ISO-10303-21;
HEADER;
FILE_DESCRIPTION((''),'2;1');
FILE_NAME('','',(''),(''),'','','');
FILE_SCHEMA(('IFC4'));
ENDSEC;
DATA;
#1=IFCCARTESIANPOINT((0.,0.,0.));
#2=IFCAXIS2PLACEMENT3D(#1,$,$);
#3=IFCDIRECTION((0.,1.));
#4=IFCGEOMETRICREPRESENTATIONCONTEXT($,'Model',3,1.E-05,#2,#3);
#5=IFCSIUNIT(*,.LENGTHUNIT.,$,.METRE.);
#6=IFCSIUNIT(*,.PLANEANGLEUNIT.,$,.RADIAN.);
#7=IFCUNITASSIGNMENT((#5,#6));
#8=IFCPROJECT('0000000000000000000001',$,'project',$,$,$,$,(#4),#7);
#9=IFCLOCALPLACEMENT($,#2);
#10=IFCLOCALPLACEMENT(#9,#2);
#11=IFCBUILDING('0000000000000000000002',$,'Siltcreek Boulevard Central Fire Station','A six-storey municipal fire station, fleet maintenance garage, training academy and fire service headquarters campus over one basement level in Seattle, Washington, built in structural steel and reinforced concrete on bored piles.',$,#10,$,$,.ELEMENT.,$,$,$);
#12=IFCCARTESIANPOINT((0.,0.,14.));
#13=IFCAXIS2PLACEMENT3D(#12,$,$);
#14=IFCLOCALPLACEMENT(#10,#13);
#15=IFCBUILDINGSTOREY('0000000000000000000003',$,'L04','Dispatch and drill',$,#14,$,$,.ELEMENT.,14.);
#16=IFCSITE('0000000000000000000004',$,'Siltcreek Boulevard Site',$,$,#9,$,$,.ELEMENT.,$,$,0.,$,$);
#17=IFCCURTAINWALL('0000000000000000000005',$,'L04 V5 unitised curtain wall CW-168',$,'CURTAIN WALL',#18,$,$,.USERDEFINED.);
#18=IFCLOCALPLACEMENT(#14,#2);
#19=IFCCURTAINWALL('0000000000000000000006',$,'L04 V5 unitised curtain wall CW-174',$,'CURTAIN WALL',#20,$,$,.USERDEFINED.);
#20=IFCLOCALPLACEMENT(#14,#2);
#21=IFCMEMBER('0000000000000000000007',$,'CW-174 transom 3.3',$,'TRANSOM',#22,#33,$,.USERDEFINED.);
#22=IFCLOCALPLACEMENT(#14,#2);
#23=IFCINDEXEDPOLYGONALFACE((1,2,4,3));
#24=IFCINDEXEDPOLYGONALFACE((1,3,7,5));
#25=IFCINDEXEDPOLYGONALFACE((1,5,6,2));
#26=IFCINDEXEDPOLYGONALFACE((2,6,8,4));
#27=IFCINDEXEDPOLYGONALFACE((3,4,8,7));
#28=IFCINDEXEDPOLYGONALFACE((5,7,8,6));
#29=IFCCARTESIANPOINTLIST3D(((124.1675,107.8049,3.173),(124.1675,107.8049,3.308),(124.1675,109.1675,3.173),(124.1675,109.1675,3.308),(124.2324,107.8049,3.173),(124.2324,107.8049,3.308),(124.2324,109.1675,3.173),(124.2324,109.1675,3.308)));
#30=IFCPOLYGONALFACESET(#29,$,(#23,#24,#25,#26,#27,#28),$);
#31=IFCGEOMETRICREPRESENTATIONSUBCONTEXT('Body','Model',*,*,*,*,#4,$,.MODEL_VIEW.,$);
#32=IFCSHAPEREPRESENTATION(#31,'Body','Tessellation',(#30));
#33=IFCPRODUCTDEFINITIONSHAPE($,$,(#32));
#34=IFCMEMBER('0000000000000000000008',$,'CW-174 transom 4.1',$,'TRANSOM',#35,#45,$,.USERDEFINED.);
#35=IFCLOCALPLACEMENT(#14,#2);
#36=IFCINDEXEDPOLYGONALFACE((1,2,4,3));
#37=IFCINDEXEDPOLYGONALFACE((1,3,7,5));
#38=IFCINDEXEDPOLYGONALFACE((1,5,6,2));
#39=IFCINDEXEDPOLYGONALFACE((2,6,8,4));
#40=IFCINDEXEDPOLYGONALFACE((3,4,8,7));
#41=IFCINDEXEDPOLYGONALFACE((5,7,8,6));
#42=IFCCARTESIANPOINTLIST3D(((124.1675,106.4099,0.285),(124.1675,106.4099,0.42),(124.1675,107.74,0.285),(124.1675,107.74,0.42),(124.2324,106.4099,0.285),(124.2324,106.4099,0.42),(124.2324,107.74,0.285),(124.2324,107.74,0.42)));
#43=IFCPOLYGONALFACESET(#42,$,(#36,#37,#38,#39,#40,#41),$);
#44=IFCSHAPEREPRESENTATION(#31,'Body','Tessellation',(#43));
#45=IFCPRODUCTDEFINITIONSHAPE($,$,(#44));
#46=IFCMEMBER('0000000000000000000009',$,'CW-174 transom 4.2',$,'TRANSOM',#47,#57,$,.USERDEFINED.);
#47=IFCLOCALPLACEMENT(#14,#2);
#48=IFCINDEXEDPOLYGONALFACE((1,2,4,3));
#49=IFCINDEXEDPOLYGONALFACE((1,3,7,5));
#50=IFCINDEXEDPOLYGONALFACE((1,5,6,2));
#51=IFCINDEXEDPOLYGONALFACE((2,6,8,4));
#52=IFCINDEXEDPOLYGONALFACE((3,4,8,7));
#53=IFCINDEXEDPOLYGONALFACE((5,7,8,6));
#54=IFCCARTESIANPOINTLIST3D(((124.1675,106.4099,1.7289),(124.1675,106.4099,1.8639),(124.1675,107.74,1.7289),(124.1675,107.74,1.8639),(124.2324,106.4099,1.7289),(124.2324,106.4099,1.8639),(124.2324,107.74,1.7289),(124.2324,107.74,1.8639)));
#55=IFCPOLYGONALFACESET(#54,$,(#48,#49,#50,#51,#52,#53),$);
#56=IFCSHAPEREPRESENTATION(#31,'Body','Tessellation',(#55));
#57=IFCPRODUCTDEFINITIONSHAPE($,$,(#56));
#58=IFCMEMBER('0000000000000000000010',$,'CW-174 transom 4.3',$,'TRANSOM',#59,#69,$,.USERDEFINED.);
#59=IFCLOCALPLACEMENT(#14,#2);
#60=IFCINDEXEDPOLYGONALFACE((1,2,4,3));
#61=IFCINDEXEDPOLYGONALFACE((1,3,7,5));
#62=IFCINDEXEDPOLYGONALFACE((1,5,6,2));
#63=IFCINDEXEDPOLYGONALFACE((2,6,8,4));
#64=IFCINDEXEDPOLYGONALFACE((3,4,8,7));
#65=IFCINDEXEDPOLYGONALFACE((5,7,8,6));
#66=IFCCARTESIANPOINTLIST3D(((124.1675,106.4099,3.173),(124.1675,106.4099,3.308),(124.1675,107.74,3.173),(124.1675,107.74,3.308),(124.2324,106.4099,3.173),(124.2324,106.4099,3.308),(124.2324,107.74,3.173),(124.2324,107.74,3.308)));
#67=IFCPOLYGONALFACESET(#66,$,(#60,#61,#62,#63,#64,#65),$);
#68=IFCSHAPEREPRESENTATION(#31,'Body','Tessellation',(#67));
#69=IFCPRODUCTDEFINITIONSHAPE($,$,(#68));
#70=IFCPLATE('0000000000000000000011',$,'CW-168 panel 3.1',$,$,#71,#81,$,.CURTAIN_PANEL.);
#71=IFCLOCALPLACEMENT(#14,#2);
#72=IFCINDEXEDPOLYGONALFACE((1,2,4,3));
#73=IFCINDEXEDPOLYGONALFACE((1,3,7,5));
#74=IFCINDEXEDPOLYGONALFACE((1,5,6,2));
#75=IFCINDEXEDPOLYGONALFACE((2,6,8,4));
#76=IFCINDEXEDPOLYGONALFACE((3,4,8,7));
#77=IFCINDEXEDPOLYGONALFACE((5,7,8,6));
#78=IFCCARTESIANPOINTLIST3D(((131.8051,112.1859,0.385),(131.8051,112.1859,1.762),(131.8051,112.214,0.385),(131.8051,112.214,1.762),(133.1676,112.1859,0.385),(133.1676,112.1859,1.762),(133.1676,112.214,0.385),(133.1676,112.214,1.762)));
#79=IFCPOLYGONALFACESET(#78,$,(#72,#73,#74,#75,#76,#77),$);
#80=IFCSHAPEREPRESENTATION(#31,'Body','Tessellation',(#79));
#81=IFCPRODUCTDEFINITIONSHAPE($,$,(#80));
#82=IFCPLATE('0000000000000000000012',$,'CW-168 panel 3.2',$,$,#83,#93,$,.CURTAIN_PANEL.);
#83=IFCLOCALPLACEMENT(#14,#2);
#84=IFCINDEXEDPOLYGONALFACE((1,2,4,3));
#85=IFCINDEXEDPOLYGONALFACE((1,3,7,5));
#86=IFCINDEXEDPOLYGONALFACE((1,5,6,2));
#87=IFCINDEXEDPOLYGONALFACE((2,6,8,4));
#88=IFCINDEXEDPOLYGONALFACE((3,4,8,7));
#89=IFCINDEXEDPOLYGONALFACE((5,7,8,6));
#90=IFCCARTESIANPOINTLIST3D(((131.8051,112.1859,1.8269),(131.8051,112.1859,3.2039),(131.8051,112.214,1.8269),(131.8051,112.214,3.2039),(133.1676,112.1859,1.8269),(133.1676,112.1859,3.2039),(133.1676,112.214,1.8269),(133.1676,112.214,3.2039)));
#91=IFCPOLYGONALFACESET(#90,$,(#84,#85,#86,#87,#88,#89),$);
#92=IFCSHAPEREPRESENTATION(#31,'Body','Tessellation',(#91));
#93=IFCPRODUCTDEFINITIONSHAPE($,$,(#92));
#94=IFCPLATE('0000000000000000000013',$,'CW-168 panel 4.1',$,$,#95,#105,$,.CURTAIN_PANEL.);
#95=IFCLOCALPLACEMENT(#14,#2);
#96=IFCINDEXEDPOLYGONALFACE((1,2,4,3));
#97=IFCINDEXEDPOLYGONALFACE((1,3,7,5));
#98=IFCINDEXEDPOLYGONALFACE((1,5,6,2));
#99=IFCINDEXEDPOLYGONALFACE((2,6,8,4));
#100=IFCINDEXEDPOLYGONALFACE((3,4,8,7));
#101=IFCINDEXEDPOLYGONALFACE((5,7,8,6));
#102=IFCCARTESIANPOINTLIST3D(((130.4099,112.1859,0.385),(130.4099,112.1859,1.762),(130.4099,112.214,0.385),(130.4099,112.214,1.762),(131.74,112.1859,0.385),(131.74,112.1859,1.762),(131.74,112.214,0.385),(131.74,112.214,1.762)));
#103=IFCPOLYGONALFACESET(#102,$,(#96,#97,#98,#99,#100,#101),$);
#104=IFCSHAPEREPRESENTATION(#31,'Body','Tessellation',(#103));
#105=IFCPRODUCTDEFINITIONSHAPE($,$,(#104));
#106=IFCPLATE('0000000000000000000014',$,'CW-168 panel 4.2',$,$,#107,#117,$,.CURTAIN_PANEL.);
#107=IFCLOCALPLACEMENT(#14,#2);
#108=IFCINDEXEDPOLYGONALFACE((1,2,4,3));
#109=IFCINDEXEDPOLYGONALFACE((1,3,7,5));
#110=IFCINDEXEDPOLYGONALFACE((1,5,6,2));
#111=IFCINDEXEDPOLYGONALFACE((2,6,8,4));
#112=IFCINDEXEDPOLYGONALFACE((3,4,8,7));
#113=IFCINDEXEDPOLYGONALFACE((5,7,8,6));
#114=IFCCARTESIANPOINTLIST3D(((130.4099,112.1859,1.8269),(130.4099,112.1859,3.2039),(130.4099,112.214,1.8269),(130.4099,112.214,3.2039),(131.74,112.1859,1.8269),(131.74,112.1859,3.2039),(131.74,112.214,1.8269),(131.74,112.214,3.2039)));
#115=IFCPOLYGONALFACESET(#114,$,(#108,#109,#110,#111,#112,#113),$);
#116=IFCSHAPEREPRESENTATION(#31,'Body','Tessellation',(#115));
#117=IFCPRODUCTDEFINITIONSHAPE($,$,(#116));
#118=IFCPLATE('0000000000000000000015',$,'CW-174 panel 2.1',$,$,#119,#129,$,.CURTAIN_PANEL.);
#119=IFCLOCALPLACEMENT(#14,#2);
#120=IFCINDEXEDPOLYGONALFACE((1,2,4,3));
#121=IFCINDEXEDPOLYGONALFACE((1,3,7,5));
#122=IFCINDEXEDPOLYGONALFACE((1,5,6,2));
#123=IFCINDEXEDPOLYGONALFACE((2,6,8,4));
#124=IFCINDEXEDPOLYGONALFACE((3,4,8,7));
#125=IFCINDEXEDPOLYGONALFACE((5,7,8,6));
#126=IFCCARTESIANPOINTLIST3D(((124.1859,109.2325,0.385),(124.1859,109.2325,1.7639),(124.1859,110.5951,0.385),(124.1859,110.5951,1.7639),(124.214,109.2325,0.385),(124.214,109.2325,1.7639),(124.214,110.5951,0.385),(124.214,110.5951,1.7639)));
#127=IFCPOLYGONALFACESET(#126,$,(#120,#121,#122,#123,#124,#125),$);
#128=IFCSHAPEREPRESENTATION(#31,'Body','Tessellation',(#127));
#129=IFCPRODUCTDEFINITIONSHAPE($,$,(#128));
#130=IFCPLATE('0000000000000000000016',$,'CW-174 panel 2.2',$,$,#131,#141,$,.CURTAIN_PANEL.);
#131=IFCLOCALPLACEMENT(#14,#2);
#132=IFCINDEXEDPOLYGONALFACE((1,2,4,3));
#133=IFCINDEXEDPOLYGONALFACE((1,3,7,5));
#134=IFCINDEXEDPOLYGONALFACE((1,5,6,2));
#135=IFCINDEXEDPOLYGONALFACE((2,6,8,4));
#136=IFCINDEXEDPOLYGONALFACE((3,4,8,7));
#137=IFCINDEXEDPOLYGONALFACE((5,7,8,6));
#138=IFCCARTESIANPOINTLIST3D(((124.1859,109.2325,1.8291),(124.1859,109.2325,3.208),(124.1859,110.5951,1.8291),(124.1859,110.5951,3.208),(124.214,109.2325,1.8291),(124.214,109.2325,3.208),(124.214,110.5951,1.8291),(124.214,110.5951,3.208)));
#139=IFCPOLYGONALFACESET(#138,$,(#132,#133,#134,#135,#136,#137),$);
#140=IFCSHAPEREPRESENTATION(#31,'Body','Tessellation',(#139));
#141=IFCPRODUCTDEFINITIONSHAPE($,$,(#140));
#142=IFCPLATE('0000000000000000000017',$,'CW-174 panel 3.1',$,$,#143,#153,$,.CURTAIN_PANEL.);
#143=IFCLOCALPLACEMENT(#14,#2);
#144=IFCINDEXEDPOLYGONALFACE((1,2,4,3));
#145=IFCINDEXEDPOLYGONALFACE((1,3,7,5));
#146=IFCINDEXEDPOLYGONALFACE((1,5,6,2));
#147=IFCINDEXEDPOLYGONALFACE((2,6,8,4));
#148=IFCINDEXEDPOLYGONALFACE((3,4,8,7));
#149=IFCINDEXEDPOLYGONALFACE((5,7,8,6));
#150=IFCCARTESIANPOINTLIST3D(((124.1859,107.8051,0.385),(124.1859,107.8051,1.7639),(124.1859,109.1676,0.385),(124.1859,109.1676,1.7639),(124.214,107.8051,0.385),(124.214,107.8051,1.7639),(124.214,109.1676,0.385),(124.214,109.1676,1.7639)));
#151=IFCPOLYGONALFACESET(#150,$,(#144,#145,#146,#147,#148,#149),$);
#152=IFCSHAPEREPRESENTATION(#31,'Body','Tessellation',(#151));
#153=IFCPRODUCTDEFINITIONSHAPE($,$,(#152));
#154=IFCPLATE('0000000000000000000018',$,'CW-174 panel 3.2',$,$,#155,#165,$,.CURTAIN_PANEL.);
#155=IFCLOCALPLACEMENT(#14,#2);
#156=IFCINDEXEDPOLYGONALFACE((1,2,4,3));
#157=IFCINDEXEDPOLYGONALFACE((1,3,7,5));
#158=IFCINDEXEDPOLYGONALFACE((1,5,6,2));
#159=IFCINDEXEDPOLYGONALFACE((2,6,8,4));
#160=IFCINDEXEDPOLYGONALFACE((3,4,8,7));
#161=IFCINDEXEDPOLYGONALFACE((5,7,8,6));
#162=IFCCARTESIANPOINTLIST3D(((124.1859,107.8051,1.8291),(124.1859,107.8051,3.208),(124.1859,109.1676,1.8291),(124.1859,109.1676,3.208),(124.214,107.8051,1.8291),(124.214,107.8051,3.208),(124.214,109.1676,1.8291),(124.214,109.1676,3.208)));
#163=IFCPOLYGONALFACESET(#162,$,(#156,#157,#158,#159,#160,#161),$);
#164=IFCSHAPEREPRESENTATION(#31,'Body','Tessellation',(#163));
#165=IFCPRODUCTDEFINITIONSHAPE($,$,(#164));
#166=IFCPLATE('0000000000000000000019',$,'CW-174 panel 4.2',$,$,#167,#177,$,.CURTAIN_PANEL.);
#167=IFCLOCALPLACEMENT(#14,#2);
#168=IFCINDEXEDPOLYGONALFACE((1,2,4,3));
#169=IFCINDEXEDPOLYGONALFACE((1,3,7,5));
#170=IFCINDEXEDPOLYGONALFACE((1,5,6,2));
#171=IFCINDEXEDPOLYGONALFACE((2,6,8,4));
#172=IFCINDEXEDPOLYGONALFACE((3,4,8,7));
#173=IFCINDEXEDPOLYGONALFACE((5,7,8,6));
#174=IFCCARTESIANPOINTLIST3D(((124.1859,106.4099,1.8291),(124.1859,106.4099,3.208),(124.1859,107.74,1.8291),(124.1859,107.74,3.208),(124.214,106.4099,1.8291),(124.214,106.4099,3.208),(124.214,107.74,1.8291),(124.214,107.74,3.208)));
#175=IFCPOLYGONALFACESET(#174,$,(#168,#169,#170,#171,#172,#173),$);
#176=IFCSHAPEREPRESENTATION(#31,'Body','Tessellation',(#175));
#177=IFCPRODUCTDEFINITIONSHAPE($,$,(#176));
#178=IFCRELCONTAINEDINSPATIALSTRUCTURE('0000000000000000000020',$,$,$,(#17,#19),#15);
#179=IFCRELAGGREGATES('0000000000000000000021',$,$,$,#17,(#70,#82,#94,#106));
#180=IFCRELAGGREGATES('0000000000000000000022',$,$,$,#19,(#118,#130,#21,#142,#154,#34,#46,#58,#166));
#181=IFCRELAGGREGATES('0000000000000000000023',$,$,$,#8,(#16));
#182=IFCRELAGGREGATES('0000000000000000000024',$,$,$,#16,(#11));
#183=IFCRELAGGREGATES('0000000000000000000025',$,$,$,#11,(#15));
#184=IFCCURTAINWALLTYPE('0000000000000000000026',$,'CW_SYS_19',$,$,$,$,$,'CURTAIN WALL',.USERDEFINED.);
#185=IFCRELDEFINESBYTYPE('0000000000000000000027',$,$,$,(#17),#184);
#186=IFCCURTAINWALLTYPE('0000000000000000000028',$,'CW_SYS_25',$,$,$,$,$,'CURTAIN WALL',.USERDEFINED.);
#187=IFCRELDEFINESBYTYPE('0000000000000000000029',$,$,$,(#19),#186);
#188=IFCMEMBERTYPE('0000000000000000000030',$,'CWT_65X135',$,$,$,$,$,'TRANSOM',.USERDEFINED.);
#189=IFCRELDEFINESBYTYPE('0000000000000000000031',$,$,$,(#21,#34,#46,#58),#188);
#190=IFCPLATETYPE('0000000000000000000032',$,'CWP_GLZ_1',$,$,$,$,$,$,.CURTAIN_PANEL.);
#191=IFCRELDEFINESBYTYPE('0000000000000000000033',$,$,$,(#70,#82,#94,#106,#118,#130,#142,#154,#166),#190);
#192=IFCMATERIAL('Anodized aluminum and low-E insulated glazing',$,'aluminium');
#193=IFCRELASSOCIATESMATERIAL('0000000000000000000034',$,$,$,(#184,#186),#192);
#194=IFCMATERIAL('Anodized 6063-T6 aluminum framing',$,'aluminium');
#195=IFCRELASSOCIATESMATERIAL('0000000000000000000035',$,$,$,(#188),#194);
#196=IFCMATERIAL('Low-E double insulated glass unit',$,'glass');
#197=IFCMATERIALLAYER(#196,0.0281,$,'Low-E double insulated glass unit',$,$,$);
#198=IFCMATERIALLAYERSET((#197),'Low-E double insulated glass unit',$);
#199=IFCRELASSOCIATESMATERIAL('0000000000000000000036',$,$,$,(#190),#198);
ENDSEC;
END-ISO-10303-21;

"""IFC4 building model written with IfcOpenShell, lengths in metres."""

from ifc_helpers import new_model, si_unit, direction, frame, origin, origin_2d, place, context, subcontext, project, spatial, rectangle, extrude, material, layer, layer_set, material_profile, profile_set, type_object, element, aggregate, save


model = new_model("IFC4")

# Units and contexts
model_context = context("Model", 3, precision=1e-05, world=origin(), true_north=direction((0.0, 1.0)))
body_context = subcontext(model_context, "Body", "Model", "MODEL_VIEW")
ifc_project = project(units=[si_unit("LENGTHUNIT", "METRE"), si_unit("PLANEANGLEUNIT", "RADIAN")], contexts=[model_context])

# Site, building, storey
site_placement = place(None, origin())
site = spatial("IfcSite", under=ifc_project, at=site_placement, Name="Siltcreek Boulevard Site", CompositionType="ELEMENT", RefElevation=0.0)
building_placement = place(site_placement, origin())
building = spatial("IfcBuilding", under=site, at=building_placement, Name="Siltcreek Boulevard Central Fire Station", Description="A six-storey municipal fire station, fleet maintenance garage, training academy and fire service headquarters campus over one basement level in Seattle, Washington, built in structural steel and reinforced concrete on bored piles.", CompositionType="ELEMENT")
storey_placement = place(building_placement, frame((0.0, 0.0, 14.0)))
storey = spatial("IfcBuildingStorey", under=building, at=storey_placement, Name="L04", Description="Dispatch and drill", CompositionType="ELEMENT", Elevation=14.0)

# Curtain walls, members
ifc_material_1 = material(Name="Anodized aluminum and low-E insulated glazing", Category="aluminium")
curtain_wall_type_1 = type_object("IfcCurtainWallType", Name="CW_SYS_19", ElementType="CURTAIN WALL", PredefinedType="USERDEFINED", material=ifc_material_1)
curtain_wall_1_placement = place(storey_placement, origin())
curtain_wall_1 = element("IfcCurtainWall", 1, at=curtain_wall_1_placement, inside=storey, type_object=curtain_wall_type_1, Name="L04 V5 unitised curtain wall CW-168", ObjectType="CURTAIN WALL", PredefinedType="USERDEFINED")
ifc_material_2 = material(Name="Anodized 6063-T6 aluminum framing", Category="aluminium")
ifc_material_profile_1 = material_profile(ifc_material_2, rectangle(XDim=0.0649, YDim=0.135, at=origin_2d()), Name="TRAN65X135")
ifc_profile_set_1 = profile_set([ifc_material_profile_1], Name="Anodized 6063-T6 aluminum framing")
member_type_1 = type_object("IfcMemberType", Name="CWT_65X135", ElementType="TRANSOM", PredefinedType="USERDEFINED", material=ifc_profile_set_1)
curtain_wall_type_2 = type_object("IfcCurtainWallType", Name="CW_SYS_25", ElementType="CURTAIN WALL", PredefinedType="USERDEFINED", material=ifc_material_1)
curtain_wall_2_placement = place(storey_placement, origin())
curtain_wall_2 = element("IfcCurtainWall", 2, at=curtain_wall_2_placement, inside=storey, type_object=curtain_wall_type_2, Name="L04 V5 unitised curtain wall CW-174", ObjectType="CURTAIN WALL", PredefinedType="USERDEFINED")
member_1_placement = place(storey_placement, frame((124.2, 109.1675, 3.2405), z_axis=(0.0, -1.0, 0.0), x_axis=(1.0, 0.0, 0.0)))
member_1 = element("IfcMember", 3, at=member_1_placement, type_object=member_type_1, Name="CW-174 transom 3.3", ObjectType="TRANSOM", PredefinedType="USERDEFINED", context=body_context, shape_type="SweptSolid", body=[
    extrude(rectangle(XDim=0.0649, YDim=0.135, at=origin_2d()), origin(), (0.0, 0.0, 1.0), 1.3625),
])
member_2_placement = place(storey_placement, frame((124.2, 107.74, 0.3525), z_axis=(0.0, -1.0, 0.0), x_axis=(1.0, 0.0, 0.0)))
member_2 = element("IfcMember", 4, at=member_2_placement, type_object=member_type_1, Name="CW-174 transom 4.1", ObjectType="TRANSOM", PredefinedType="USERDEFINED", context=body_context, shape_type="SweptSolid", body=[
    extrude(rectangle(XDim=0.0649, YDim=0.135, at=origin_2d()), origin(), (0.0, 0.0, 1.0), 1.3301),
])
member_3_placement = place(storey_placement, frame((124.2, 107.74, 1.7964), z_axis=(0.0, -1.0, 0.0), x_axis=(1.0, 0.0, 0.0)))
member_3 = element("IfcMember", 5, at=member_3_placement, type_object=member_type_1, Name="CW-174 transom 4.2", ObjectType="TRANSOM", PredefinedType="USERDEFINED", context=body_context, shape_type="SweptSolid", body=[
    extrude(rectangle(XDim=0.0649, YDim=0.135, at=origin_2d()), origin(), (0.0, 0.0, 1.0), 1.3301),
])
member_4_placement = place(storey_placement, frame((124.2, 107.74, 3.2405), z_axis=(0.0, -1.0, 0.0), x_axis=(1.0, 0.0, 0.0)))
member_4 = element("IfcMember", 6, at=member_4_placement, type_object=member_type_1, Name="CW-174 transom 4.3", ObjectType="TRANSOM", PredefinedType="USERDEFINED", context=body_context, shape_type="SweptSolid", body=[
    extrude(rectangle(XDim=0.0649, YDim=0.135, at=origin_2d()), origin(), (0.0, 0.0, 1.0), 1.3301),
])

# Plates
ifc_material_3 = material(Name="Low-E double insulated glass unit", Category="glass")
ifc_layer_1 = layer(ifc_material_3, 0.0281, Name="Low-E double insulated glass unit")
ifc_layer_set_1 = layer_set([ifc_layer_1], Name="Low-E double insulated glass unit")
plate_type = type_object("IfcPlateType", Name="CWP_GLZ_1", PredefinedType="CURTAIN_PANEL", material=ifc_layer_set_1)
plate_1_placement = place(storey_placement, frame((132.4863, 112.2, 0.385), z_axis=(0.0, 0.0, 1.0), x_axis=(-1.0, 0.0, 0.0)))
plate_1 = element("IfcPlate", 7, at=plate_1_placement, type_object=plate_type, Name="CW-168 panel 3.1", PredefinedType="CURTAIN_PANEL", context=body_context, shape_type="SweptSolid", body=[
    extrude(rectangle(XDim=1.3625, YDim=0.0281, at=origin_2d()), origin(), (0.0, 0.0, 1.0), 1.377),
])
plate_2_placement = place(storey_placement, frame((132.4863, 112.2, 1.8269), z_axis=(0.0, 0.0, 1.0), x_axis=(-1.0, 0.0, 0.0)))
plate_2 = element("IfcPlate", 8, at=plate_2_placement, type_object=plate_type, Name="CW-168 panel 3.2", PredefinedType="CURTAIN_PANEL", context=body_context, shape_type="SweptSolid", body=[
    extrude(rectangle(XDim=1.3625, YDim=0.0281, at=origin_2d()), origin(), (0.0, 0.0, 1.0), 1.377),
])
plate_3_placement = place(storey_placement, frame((131.075, 112.2, 0.385), z_axis=(0.0, 0.0, 1.0), x_axis=(-1.0, 0.0, 0.0)))
plate_3 = element("IfcPlate", 9, at=plate_3_placement, type_object=plate_type, Name="CW-168 panel 4.1", PredefinedType="CURTAIN_PANEL", context=body_context, shape_type="SweptSolid", body=[
    extrude(rectangle(XDim=1.3301, YDim=0.0281, at=origin_2d()), origin(), (0.0, 0.0, 1.0), 1.377),
])
plate_4_placement = place(storey_placement, frame((131.075, 112.2, 1.8269), z_axis=(0.0, 0.0, 1.0), x_axis=(-1.0, 0.0, 0.0)))
plate_4 = element("IfcPlate", 10, at=plate_4_placement, type_object=plate_type, Name="CW-168 panel 4.2", PredefinedType="CURTAIN_PANEL", context=body_context, shape_type="SweptSolid", body=[
    extrude(rectangle(XDim=1.3301, YDim=0.0281, at=origin_2d()), origin(), (0.0, 0.0, 1.0), 1.377),
])
aggregate(curtain_wall_1, [plate_1, plate_2, plate_3, plate_4])
plate_5_placement = place(storey_placement, frame((124.2, 109.9138, 0.385), z_axis=(0.0, 0.0, 1.0), x_axis=(0.0, -1.0, 0.0)))
plate_5 = element("IfcPlate", 11, at=plate_5_placement, type_object=plate_type, Name="CW-174 panel 2.1", PredefinedType="CURTAIN_PANEL", context=body_context, shape_type="SweptSolid", body=[
    extrude(rectangle(XDim=1.3625, YDim=0.0281, at=origin_2d()), origin(), (0.0, 0.0, 1.0), 1.3789),
])
plate_6_placement = place(storey_placement, frame((124.2, 109.9138, 1.8291), z_axis=(0.0, 0.0, 1.0), x_axis=(0.0, -1.0, 0.0)))
plate_6 = element("IfcPlate", 12, at=plate_6_placement, type_object=plate_type, Name="CW-174 panel 2.2", PredefinedType="CURTAIN_PANEL", context=body_context, shape_type="SweptSolid", body=[
    extrude(rectangle(XDim=1.3625, YDim=0.0281, at=origin_2d()), origin(), (0.0, 0.0, 1.0), 1.3789),
])
plate_7_placement = place(storey_placement, frame((124.2, 108.4863, 0.385), z_axis=(0.0, 0.0, 1.0), x_axis=(0.0, -1.0, 0.0)))
plate_7 = element("IfcPlate", 13, at=plate_7_placement, type_object=plate_type, Name="CW-174 panel 3.1", PredefinedType="CURTAIN_PANEL", context=body_context, shape_type="SweptSolid", body=[
    extrude(rectangle(XDim=1.3625, YDim=0.0281, at=origin_2d()), origin(), (0.0, 0.0, 1.0), 1.3789),
])
plate_8_placement = place(storey_placement, frame((124.2, 108.4863, 1.8291), z_axis=(0.0, 0.0, 1.0), x_axis=(0.0, -1.0, 0.0)))
plate_8 = element("IfcPlate", 14, at=plate_8_placement, type_object=plate_type, Name="CW-174 panel 3.2", PredefinedType="CURTAIN_PANEL", context=body_context, shape_type="SweptSolid", body=[
    extrude(rectangle(XDim=1.3625, YDim=0.0281, at=origin_2d()), origin(), (0.0, 0.0, 1.0), 1.3789),
])
plate_9_placement = place(storey_placement, frame((124.2, 107.075, 1.8291), z_axis=(0.0, 0.0, 1.0), x_axis=(0.0, -1.0, 0.0)))
plate_9 = element("IfcPlate", 15, at=plate_9_placement, type_object=plate_type, Name="CW-174 panel 4.2", PredefinedType="CURTAIN_PANEL", context=body_context, shape_type="SweptSolid", body=[
    extrude(rectangle(XDim=1.3301, YDim=0.0281, at=origin_2d()), origin(), (0.0, 0.0, 1.0), 1.3789),
])
aggregate(curtain_wall_2, [plate_5, plate_6, member_1, plate_7, plate_8, member_2, member_3, member_4, plate_9])

save(model, "model.ifc")
